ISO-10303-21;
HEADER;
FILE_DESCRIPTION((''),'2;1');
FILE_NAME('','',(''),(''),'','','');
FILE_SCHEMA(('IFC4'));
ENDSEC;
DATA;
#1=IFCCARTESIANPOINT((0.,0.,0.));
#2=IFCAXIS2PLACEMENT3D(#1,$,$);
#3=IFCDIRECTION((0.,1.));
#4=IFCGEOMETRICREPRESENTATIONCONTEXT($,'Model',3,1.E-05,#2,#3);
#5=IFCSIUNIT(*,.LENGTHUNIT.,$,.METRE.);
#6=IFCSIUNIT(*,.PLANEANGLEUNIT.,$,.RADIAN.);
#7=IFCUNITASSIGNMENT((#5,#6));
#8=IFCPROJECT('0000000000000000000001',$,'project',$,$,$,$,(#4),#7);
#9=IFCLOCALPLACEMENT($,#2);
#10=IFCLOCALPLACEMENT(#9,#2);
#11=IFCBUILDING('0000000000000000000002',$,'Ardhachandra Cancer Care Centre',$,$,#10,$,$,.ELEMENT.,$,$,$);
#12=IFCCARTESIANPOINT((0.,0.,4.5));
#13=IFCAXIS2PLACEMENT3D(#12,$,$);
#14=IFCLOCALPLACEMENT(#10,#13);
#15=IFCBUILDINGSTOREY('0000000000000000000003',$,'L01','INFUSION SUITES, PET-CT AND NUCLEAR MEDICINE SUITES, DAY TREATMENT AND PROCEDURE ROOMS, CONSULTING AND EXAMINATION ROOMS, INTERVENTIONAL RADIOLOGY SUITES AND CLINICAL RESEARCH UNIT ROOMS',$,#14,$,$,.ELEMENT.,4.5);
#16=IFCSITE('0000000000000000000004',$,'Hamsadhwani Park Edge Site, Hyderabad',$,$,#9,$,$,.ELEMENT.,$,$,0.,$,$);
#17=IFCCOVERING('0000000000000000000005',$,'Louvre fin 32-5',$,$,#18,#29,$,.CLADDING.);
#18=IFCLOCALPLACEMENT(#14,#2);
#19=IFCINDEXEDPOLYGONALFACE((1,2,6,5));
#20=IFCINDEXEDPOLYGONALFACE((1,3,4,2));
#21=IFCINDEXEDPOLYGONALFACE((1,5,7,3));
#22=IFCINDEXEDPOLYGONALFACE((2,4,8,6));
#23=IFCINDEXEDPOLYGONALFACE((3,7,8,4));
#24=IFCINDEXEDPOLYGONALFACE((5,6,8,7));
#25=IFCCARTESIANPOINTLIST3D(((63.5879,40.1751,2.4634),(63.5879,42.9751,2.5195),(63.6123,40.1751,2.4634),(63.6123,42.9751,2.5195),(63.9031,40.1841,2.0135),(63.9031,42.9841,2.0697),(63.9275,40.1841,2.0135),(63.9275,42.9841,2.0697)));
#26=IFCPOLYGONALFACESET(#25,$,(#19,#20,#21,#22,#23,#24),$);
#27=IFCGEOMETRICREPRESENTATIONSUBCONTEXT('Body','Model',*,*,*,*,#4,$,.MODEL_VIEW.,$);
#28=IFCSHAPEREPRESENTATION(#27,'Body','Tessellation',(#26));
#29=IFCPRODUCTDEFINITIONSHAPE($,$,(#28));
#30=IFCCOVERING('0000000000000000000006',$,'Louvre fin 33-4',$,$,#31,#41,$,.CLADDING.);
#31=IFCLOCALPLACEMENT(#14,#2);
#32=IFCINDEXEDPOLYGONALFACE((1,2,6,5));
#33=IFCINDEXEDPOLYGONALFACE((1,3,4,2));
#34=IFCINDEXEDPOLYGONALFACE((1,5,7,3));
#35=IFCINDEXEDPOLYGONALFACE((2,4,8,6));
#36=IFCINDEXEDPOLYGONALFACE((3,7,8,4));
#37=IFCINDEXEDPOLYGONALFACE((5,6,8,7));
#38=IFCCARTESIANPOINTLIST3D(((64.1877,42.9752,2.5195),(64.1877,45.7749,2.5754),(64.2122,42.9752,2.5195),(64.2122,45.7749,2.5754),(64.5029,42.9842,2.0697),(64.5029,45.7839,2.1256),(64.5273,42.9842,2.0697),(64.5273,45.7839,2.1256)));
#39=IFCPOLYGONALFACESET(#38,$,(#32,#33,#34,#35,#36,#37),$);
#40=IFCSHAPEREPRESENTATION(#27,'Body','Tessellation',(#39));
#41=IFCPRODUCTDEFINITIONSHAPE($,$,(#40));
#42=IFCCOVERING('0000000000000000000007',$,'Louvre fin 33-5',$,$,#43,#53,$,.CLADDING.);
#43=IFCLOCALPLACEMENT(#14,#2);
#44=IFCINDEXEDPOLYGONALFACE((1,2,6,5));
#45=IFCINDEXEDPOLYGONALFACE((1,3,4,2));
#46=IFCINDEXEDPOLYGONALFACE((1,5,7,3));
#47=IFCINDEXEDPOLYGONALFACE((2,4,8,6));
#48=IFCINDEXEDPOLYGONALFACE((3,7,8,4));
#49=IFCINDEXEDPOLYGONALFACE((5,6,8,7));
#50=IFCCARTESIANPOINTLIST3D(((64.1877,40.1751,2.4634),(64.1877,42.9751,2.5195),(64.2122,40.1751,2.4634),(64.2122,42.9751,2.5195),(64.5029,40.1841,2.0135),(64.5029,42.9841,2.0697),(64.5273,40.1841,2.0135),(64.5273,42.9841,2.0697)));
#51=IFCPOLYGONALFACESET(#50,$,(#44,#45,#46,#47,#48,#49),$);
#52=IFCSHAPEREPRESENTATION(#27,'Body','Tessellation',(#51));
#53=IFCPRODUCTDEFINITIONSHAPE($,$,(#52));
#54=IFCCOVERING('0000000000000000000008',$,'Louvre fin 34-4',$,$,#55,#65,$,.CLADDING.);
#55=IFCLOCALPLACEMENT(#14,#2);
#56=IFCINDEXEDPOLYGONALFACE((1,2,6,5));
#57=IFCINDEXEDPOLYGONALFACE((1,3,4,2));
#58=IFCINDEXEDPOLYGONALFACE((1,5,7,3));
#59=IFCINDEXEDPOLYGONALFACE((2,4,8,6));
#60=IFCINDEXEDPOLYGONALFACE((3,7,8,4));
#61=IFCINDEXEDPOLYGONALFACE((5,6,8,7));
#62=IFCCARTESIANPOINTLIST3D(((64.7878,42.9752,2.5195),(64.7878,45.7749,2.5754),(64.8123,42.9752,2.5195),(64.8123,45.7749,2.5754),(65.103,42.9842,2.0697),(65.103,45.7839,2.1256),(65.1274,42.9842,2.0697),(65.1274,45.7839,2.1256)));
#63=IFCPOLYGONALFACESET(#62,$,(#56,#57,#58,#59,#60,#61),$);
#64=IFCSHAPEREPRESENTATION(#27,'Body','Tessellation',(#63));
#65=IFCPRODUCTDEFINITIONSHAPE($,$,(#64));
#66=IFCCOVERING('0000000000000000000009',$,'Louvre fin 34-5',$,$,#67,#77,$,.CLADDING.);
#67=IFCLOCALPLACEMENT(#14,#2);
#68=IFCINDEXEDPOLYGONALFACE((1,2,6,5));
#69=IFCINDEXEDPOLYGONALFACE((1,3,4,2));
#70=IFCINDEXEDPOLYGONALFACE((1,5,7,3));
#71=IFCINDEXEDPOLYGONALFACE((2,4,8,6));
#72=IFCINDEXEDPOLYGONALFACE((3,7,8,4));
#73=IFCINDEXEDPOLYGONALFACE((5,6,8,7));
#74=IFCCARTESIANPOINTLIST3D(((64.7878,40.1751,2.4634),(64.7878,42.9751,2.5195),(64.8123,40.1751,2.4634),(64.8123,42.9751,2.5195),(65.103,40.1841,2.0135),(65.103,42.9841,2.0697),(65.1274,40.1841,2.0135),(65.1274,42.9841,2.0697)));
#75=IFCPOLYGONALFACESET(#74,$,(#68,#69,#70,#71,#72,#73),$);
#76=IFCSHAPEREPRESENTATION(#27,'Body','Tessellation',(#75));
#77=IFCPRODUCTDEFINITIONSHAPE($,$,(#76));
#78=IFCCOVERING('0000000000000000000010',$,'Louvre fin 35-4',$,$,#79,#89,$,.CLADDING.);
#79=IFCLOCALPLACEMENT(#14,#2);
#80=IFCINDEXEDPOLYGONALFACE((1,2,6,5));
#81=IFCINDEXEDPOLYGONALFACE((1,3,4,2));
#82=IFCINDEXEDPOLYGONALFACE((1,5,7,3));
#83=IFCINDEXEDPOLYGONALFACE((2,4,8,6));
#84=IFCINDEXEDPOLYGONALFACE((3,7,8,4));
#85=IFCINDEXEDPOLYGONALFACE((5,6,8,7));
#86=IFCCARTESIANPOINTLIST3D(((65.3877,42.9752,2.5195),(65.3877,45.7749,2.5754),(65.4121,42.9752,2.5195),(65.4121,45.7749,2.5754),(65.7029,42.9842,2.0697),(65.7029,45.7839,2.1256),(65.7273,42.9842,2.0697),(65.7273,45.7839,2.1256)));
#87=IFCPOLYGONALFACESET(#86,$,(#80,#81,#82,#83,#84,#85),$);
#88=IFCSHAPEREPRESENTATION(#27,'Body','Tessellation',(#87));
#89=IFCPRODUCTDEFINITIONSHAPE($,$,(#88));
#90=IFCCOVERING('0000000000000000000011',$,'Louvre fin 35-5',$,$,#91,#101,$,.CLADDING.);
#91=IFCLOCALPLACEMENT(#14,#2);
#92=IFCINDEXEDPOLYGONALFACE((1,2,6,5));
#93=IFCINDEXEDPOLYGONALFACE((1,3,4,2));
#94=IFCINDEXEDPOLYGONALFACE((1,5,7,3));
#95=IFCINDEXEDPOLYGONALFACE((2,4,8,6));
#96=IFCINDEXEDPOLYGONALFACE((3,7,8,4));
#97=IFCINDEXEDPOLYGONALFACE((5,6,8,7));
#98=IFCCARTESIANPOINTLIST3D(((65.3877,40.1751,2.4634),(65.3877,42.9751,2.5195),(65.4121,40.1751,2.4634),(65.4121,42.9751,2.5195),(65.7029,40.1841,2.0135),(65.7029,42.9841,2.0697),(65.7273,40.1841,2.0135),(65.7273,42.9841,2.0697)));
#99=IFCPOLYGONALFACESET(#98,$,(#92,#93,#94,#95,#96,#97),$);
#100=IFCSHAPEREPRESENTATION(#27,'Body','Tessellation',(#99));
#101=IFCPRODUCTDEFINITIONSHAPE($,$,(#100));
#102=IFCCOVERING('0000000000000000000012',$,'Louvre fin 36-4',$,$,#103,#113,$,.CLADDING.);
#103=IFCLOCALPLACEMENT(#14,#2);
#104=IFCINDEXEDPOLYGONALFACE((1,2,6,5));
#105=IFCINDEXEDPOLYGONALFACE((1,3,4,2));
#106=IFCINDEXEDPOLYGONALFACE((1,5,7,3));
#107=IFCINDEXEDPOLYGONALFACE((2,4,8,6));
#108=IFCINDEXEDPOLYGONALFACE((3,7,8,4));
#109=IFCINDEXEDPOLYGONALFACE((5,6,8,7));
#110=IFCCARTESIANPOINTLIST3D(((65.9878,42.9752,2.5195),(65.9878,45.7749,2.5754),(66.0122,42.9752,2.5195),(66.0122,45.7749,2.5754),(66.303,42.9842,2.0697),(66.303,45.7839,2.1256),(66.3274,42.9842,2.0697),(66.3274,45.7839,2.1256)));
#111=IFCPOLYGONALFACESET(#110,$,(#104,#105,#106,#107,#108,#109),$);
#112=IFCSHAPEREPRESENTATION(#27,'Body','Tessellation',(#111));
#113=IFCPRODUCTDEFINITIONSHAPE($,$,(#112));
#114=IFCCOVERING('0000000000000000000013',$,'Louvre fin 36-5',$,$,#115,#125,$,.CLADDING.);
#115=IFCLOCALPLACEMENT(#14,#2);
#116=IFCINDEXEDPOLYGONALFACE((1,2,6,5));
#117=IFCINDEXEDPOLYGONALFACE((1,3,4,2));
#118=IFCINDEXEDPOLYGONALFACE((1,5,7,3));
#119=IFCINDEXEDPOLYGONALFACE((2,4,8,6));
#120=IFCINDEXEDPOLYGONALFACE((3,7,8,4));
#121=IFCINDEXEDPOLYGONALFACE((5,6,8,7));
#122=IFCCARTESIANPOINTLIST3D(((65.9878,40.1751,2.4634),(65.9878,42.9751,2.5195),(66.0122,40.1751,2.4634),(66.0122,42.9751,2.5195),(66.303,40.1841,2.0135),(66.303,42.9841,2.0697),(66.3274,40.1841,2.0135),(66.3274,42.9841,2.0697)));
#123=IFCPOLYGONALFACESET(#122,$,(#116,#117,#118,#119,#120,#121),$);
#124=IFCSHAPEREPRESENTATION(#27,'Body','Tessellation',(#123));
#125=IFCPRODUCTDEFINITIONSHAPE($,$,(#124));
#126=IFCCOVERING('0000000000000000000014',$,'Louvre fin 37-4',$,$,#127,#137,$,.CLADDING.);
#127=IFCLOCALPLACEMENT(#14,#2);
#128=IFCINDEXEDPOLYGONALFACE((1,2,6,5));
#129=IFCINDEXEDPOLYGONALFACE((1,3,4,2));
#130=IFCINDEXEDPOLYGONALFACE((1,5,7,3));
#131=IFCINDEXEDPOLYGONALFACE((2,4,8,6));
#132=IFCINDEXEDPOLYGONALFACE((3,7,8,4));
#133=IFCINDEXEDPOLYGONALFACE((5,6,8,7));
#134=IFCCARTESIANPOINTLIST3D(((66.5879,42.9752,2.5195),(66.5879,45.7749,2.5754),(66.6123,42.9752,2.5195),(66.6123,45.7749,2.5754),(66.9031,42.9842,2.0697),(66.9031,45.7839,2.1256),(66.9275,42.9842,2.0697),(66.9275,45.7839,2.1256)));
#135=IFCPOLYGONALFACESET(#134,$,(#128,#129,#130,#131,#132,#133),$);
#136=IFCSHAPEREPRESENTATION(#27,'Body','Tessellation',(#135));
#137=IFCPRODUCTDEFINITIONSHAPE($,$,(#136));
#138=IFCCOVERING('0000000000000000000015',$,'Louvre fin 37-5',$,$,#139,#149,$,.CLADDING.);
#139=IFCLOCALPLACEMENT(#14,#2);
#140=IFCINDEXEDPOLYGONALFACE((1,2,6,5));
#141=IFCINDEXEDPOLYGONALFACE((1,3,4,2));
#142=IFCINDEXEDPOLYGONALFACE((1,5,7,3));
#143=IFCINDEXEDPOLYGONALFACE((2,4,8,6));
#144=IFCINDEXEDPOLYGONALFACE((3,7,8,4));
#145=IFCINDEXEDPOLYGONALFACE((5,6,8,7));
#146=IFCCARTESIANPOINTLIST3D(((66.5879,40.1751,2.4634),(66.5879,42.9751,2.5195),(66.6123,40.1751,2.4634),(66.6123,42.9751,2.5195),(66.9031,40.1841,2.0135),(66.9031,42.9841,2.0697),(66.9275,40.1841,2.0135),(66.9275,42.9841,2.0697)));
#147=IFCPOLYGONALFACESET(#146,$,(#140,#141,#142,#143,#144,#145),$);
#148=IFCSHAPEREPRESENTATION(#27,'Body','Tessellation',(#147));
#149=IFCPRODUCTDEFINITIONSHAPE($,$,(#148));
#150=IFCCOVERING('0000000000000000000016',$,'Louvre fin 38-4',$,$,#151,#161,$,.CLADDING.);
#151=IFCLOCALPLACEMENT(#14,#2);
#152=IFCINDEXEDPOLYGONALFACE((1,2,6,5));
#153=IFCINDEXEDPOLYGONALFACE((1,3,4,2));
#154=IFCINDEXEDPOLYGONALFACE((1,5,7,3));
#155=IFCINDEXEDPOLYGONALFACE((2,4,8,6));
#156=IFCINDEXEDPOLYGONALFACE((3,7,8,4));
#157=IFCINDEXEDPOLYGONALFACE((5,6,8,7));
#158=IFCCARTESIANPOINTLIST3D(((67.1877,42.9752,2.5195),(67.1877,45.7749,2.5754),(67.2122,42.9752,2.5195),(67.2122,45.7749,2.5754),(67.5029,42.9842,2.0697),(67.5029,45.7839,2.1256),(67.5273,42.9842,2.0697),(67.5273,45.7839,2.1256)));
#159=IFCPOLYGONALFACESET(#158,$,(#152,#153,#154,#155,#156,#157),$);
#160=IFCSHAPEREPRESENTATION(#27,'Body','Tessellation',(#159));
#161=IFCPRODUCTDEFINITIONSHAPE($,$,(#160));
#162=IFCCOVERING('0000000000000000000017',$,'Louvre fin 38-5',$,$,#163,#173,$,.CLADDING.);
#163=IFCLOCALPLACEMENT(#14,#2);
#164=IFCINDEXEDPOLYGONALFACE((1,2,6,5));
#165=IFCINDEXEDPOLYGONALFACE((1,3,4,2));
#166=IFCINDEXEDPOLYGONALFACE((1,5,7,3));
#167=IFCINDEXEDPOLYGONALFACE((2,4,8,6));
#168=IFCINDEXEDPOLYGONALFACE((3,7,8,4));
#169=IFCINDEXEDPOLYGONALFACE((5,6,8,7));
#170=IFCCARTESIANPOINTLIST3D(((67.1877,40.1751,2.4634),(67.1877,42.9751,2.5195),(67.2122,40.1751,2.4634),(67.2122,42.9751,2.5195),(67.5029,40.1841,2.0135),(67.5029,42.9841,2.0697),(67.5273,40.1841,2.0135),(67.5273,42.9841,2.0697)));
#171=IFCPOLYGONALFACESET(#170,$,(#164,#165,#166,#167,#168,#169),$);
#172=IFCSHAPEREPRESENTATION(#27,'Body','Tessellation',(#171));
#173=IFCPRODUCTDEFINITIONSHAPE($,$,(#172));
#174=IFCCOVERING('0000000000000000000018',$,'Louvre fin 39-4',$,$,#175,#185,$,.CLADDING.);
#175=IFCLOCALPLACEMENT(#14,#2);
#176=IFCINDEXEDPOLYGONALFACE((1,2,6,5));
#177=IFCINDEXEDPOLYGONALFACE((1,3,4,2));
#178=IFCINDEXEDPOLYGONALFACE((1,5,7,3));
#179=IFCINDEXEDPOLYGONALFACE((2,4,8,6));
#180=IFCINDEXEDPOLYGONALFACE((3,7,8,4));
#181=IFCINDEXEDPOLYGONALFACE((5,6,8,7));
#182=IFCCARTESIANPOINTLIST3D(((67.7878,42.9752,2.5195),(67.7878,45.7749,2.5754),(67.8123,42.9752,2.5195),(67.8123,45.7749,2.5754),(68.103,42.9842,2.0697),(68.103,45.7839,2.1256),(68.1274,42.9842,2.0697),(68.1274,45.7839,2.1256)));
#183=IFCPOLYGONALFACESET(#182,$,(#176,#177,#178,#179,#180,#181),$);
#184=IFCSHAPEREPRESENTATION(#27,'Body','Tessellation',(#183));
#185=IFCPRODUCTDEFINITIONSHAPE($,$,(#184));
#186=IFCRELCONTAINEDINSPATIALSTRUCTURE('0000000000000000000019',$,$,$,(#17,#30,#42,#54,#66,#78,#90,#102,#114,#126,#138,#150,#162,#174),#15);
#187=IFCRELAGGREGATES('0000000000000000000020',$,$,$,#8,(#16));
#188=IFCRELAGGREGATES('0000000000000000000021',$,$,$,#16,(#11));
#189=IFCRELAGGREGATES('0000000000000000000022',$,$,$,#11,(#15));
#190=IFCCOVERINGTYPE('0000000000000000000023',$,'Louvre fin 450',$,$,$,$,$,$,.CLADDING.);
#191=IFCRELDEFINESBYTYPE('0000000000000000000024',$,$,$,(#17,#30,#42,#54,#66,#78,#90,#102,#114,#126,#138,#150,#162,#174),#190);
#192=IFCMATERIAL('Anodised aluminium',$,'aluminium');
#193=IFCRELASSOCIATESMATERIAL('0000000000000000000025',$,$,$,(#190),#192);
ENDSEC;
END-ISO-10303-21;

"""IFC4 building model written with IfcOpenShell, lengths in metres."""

from ifc_helpers import new_model, si_unit, direction, frame, origin, place, context, subcontext, project, spatial, polyline, outline, extrude, material, material_profile, profile_set, type_object, element, save


model = new_model("IFC4")

# Units and contexts
model_context = context("Model", 3, precision=1e-05, world=origin(), true_north=direction((0.0, 1.0)))
body_context = subcontext(model_context, "Body", "Model", "MODEL_VIEW")
ifc_project = project(units=[si_unit("LENGTHUNIT", "METRE"), si_unit("PLANEANGLEUNIT", "RADIAN")], contexts=[model_context])

# Site, building, storey
site_placement = place(None, origin())
site = spatial("IfcSite", under=ifc_project, at=site_placement, Name="Hamsadhwani Park Edge Site, Hyderabad", CompositionType="ELEMENT", RefElevation=0.0)
building_placement = place(site_placement, origin())
building = spatial("IfcBuilding", under=site, at=building_placement, Name="Ardhachandra Cancer Care Centre", CompositionType="ELEMENT")
storey_placement = place(building_placement, frame((0.0, 0.0, 4.5)))
storey = spatial("IfcBuildingStorey", under=building, at=storey_placement, Name="L01", Description="INFUSION SUITES, PET-CT AND NUCLEAR MEDICINE SUITES, DAY TREATMENT AND PROCEDURE ROOMS, CONSULTING AND EXAMINATION ROOMS, INTERVENTIONAL RADIOLOGY SUITES AND CLINICAL RESEARCH UNIT ROOMS", CompositionType="ELEMENT", Elevation=4.5)

# Coverings
ifc_material_1 = material(Name="Anodised aluminium", Category="aluminium")
ifc_material_profile_1 = material_profile(ifc_material_1, outline(polyline([(-0.0122, 0.0), (0.0122, 0.0), (0.3274, -0.45), (0.303, -0.45), (-0.0122, 0.0)])), Name="Louvre fin 450")
ifc_profile_set_1 = profile_set([ifc_material_profile_1], Name="Anodised aluminium")
covering_type = type_object("IfcCoveringType", Name="Louvre fin 450", PredefinedType="CLADDING", material=ifc_profile_set_1)
covering_1_placement = place(storey_placement, frame((63.6001, 42.9751, 2.5195), z_axis=(0.0, -0.999799, -0.02005), x_axis=(1.0, 0.0, 0.0)))
element("IfcCovering", 1, at=covering_1_placement, inside=storey, type_object=covering_type, Name="Louvre fin 32-5", PredefinedType="CLADDING", context=body_context, shape_type="SweptSolid", body=[
    extrude(outline(polyline([(-0.0122, 0.0), (0.0122, 0.0), (0.3274, -0.45), (0.303, -0.45), (-0.0122, 0.0)])), origin(), (0.0, 0.0, 1.0), 2.8005),
])
covering_2_placement = place(storey_placement, frame((64.2, 45.7749, 2.5754), z_axis=(0.0, -0.999801, -0.019965), x_axis=(1.0, 0.0, 0.0)))
element("IfcCovering", 2, at=covering_2_placement, inside=storey, type_object=covering_type, Name="Louvre fin 33-4", PredefinedType="CLADDING", context=body_context, shape_type="SweptSolid", body=[
    extrude(outline(polyline([(-0.0122, 0.0), (0.0122, 0.0), (0.3274, -0.45), (0.303, -0.45), (-0.0122, 0.0)])), origin(), (0.0, 0.0, 1.0), 2.8003),
])
covering_3_placement = place(storey_placement, frame((64.2, 42.9751, 2.5195), z_axis=(0.0, -0.999799, -0.02005), x_axis=(1.0, 0.0, 0.0)))
element("IfcCovering", 3, at=covering_3_placement, inside=storey, type_object=covering_type, Name="Louvre fin 33-5", PredefinedType="CLADDING", context=body_context, shape_type="SweptSolid", body=[
    extrude(outline(polyline([(-0.0122, 0.0), (0.0122, 0.0), (0.3274, -0.45), (0.303, -0.45), (-0.0122, 0.0)])), origin(), (0.0, 0.0, 1.0), 2.8005),
])
covering_4_placement = place(storey_placement, frame((64.8, 45.7749, 2.5754), z_axis=(0.0, -0.999801, -0.019965), x_axis=(1.0, 0.0, 0.0)))
element("IfcCovering", 4, at=covering_4_placement, inside=storey, type_object=covering_type, Name="Louvre fin 34-4", PredefinedType="CLADDING", context=body_context, shape_type="SweptSolid", body=[
    extrude(outline(polyline([(-0.0122, 0.0), (0.0122, 0.0), (0.3274, -0.45), (0.303, -0.45), (-0.0122, 0.0)])), origin(), (0.0, 0.0, 1.0), 2.8003),
])
covering_5_placement = place(storey_placement, frame((64.8, 42.9751, 2.5195), z_axis=(0.0, -0.999799, -0.02005), x_axis=(1.0, 0.0, 0.0)))
element("IfcCovering", 5, at=covering_5_placement, inside=storey, type_object=covering_type, Name="Louvre fin 34-5", PredefinedType="CLADDING", context=body_context, shape_type="SweptSolid", body=[
    extrude(outline(polyline([(-0.0122, 0.0), (0.0122, 0.0), (0.3274, -0.45), (0.303, -0.45), (-0.0122, 0.0)])), origin(), (0.0, 0.0, 1.0), 2.8005),
])
covering_6_placement = place(storey_placement, frame((65.3999, 45.7749, 2.5754), z_axis=(0.0, -0.999801, -0.019965), x_axis=(1.0, 0.0, 0.0)))
element("IfcCovering", 6, at=covering_6_placement, inside=storey, type_object=covering_type, Name="Louvre fin 35-4", PredefinedType="CLADDING", context=body_context, shape_type="SweptSolid", body=[
    extrude(outline(polyline([(-0.0122, 0.0), (0.0122, 0.0), (0.3274, -0.45), (0.303, -0.45), (-0.0122, 0.0)])), origin(), (0.0, 0.0, 1.0), 2.8003),
])
covering_7_placement = place(storey_placement, frame((65.3999, 42.9751, 2.5195), z_axis=(0.0, -0.999799, -0.02005), x_axis=(1.0, 0.0, 0.0)))
element("IfcCovering", 7, at=covering_7_placement, inside=storey, type_object=covering_type, Name="Louvre fin 35-5", PredefinedType="CLADDING", context=body_context, shape_type="SweptSolid", body=[
    extrude(outline(polyline([(-0.0122, 0.0), (0.0122, 0.0), (0.3274, -0.45), (0.303, -0.45), (-0.0122, 0.0)])), origin(), (0.0, 0.0, 1.0), 2.8005),
])
covering_8_placement = place(storey_placement, frame((66.0, 45.7749, 2.5754), z_axis=(0.0, -0.999801, -0.019965), x_axis=(1.0, 0.0, 0.0)))
element("IfcCovering", 8, at=covering_8_placement, inside=storey, type_object=covering_type, Name="Louvre fin 36-4", PredefinedType="CLADDING", context=body_context, shape_type="SweptSolid", body=[
    extrude(outline(polyline([(-0.0122, 0.0), (0.0122, 0.0), (0.3274, -0.45), (0.303, -0.45), (-0.0122, 0.0)])), origin(), (0.0, 0.0, 1.0), 2.8003),
])
covering_9_placement = place(storey_placement, frame((66.0, 42.9751, 2.5195), z_axis=(0.0, -0.999799, -0.02005), x_axis=(1.0, 0.0, 0.0)))
element("IfcCovering", 9, at=covering_9_placement, inside=storey, type_object=covering_type, Name="Louvre fin 36-5", PredefinedType="CLADDING", context=body_context, shape_type="SweptSolid", body=[
    extrude(outline(polyline([(-0.0122, 0.0), (0.0122, 0.0), (0.3274, -0.45), (0.303, -0.45), (-0.0122, 0.0)])), origin(), (0.0, 0.0, 1.0), 2.8005),
])
covering_10_placement = place(storey_placement, frame((66.6001, 45.7749, 2.5754), z_axis=(0.0, -0.999801, -0.019965), x_axis=(1.0, 0.0, 0.0)))
element("IfcCovering", 10, at=covering_10_placement, inside=storey, type_object=covering_type, Name="Louvre fin 37-4", PredefinedType="CLADDING", context=body_context, shape_type="SweptSolid", body=[
    extrude(outline(polyline([(-0.0122, 0.0), (0.0122, 0.0), (0.3274, -0.45), (0.303, -0.45), (-0.0122, 0.0)])), origin(), (0.0, 0.0, 1.0), 2.8003),
])
covering_11_placement = place(storey_placement, frame((66.6001, 42.9751, 2.5195), z_axis=(0.0, -0.999799, -0.02005), x_axis=(1.0, 0.0, 0.0)))
element("IfcCovering", 11, at=covering_11_placement, inside=storey, type_object=covering_type, Name="Louvre fin 37-5", PredefinedType="CLADDING", context=body_context, shape_type="SweptSolid", body=[
    extrude(outline(polyline([(-0.0122, 0.0), (0.0122, 0.0), (0.3274, -0.45), (0.303, -0.45), (-0.0122, 0.0)])), origin(), (0.0, 0.0, 1.0), 2.8005),
])
covering_12_placement = place(storey_placement, frame((67.2, 45.7749, 2.5754), z_axis=(0.0, -0.999801, -0.019965), x_axis=(1.0, 0.0, 0.0)))
element("IfcCovering", 12, at=covering_12_placement, inside=storey, type_object=covering_type, Name="Louvre fin 38-4", PredefinedType="CLADDING", context=body_context, shape_type="SweptSolid", body=[
    extrude(outline(polyline([(-0.0122, 0.0), (0.0122, 0.0), (0.3274, -0.45), (0.303, -0.45), (-0.0122, 0.0)])), origin(), (0.0, 0.0, 1.0), 2.8003),
])
covering_13_placement = place(storey_placement, frame((67.2, 42.9751, 2.5195), z_axis=(0.0, -0.999799, -0.02005), x_axis=(1.0, 0.0, 0.0)))
element("IfcCovering", 13, at=covering_13_placement, inside=storey, type_object=covering_type, Name="Louvre fin 38-5", PredefinedType="CLADDING", context=body_context, shape_type="SweptSolid", body=[
    extrude(outline(polyline([(-0.0122, 0.0), (0.0122, 0.0), (0.3274, -0.45), (0.303, -0.45), (-0.0122, 0.0)])), origin(), (0.0, 0.0, 1.0), 2.8005),
])
covering_14_placement = place(storey_placement, frame((67.8, 45.7749, 2.5754), z_axis=(0.0, -0.999801, -0.019965), x_axis=(1.0, 0.0, 0.0)))
element("IfcCovering", 14, at=covering_14_placement, inside=storey, type_object=covering_type, Name="Louvre fin 39-4", PredefinedType="CLADDING", context=body_context, shape_type="SweptSolid", body=[
    extrude(outline(polyline([(-0.0122, 0.0), (0.0122, 0.0), (0.3274, -0.45), (0.303, -0.45), (-0.0122, 0.0)])), origin(), (0.0, 0.0, 1.0), 2.8003),
])

save(model, "model.ifc")
